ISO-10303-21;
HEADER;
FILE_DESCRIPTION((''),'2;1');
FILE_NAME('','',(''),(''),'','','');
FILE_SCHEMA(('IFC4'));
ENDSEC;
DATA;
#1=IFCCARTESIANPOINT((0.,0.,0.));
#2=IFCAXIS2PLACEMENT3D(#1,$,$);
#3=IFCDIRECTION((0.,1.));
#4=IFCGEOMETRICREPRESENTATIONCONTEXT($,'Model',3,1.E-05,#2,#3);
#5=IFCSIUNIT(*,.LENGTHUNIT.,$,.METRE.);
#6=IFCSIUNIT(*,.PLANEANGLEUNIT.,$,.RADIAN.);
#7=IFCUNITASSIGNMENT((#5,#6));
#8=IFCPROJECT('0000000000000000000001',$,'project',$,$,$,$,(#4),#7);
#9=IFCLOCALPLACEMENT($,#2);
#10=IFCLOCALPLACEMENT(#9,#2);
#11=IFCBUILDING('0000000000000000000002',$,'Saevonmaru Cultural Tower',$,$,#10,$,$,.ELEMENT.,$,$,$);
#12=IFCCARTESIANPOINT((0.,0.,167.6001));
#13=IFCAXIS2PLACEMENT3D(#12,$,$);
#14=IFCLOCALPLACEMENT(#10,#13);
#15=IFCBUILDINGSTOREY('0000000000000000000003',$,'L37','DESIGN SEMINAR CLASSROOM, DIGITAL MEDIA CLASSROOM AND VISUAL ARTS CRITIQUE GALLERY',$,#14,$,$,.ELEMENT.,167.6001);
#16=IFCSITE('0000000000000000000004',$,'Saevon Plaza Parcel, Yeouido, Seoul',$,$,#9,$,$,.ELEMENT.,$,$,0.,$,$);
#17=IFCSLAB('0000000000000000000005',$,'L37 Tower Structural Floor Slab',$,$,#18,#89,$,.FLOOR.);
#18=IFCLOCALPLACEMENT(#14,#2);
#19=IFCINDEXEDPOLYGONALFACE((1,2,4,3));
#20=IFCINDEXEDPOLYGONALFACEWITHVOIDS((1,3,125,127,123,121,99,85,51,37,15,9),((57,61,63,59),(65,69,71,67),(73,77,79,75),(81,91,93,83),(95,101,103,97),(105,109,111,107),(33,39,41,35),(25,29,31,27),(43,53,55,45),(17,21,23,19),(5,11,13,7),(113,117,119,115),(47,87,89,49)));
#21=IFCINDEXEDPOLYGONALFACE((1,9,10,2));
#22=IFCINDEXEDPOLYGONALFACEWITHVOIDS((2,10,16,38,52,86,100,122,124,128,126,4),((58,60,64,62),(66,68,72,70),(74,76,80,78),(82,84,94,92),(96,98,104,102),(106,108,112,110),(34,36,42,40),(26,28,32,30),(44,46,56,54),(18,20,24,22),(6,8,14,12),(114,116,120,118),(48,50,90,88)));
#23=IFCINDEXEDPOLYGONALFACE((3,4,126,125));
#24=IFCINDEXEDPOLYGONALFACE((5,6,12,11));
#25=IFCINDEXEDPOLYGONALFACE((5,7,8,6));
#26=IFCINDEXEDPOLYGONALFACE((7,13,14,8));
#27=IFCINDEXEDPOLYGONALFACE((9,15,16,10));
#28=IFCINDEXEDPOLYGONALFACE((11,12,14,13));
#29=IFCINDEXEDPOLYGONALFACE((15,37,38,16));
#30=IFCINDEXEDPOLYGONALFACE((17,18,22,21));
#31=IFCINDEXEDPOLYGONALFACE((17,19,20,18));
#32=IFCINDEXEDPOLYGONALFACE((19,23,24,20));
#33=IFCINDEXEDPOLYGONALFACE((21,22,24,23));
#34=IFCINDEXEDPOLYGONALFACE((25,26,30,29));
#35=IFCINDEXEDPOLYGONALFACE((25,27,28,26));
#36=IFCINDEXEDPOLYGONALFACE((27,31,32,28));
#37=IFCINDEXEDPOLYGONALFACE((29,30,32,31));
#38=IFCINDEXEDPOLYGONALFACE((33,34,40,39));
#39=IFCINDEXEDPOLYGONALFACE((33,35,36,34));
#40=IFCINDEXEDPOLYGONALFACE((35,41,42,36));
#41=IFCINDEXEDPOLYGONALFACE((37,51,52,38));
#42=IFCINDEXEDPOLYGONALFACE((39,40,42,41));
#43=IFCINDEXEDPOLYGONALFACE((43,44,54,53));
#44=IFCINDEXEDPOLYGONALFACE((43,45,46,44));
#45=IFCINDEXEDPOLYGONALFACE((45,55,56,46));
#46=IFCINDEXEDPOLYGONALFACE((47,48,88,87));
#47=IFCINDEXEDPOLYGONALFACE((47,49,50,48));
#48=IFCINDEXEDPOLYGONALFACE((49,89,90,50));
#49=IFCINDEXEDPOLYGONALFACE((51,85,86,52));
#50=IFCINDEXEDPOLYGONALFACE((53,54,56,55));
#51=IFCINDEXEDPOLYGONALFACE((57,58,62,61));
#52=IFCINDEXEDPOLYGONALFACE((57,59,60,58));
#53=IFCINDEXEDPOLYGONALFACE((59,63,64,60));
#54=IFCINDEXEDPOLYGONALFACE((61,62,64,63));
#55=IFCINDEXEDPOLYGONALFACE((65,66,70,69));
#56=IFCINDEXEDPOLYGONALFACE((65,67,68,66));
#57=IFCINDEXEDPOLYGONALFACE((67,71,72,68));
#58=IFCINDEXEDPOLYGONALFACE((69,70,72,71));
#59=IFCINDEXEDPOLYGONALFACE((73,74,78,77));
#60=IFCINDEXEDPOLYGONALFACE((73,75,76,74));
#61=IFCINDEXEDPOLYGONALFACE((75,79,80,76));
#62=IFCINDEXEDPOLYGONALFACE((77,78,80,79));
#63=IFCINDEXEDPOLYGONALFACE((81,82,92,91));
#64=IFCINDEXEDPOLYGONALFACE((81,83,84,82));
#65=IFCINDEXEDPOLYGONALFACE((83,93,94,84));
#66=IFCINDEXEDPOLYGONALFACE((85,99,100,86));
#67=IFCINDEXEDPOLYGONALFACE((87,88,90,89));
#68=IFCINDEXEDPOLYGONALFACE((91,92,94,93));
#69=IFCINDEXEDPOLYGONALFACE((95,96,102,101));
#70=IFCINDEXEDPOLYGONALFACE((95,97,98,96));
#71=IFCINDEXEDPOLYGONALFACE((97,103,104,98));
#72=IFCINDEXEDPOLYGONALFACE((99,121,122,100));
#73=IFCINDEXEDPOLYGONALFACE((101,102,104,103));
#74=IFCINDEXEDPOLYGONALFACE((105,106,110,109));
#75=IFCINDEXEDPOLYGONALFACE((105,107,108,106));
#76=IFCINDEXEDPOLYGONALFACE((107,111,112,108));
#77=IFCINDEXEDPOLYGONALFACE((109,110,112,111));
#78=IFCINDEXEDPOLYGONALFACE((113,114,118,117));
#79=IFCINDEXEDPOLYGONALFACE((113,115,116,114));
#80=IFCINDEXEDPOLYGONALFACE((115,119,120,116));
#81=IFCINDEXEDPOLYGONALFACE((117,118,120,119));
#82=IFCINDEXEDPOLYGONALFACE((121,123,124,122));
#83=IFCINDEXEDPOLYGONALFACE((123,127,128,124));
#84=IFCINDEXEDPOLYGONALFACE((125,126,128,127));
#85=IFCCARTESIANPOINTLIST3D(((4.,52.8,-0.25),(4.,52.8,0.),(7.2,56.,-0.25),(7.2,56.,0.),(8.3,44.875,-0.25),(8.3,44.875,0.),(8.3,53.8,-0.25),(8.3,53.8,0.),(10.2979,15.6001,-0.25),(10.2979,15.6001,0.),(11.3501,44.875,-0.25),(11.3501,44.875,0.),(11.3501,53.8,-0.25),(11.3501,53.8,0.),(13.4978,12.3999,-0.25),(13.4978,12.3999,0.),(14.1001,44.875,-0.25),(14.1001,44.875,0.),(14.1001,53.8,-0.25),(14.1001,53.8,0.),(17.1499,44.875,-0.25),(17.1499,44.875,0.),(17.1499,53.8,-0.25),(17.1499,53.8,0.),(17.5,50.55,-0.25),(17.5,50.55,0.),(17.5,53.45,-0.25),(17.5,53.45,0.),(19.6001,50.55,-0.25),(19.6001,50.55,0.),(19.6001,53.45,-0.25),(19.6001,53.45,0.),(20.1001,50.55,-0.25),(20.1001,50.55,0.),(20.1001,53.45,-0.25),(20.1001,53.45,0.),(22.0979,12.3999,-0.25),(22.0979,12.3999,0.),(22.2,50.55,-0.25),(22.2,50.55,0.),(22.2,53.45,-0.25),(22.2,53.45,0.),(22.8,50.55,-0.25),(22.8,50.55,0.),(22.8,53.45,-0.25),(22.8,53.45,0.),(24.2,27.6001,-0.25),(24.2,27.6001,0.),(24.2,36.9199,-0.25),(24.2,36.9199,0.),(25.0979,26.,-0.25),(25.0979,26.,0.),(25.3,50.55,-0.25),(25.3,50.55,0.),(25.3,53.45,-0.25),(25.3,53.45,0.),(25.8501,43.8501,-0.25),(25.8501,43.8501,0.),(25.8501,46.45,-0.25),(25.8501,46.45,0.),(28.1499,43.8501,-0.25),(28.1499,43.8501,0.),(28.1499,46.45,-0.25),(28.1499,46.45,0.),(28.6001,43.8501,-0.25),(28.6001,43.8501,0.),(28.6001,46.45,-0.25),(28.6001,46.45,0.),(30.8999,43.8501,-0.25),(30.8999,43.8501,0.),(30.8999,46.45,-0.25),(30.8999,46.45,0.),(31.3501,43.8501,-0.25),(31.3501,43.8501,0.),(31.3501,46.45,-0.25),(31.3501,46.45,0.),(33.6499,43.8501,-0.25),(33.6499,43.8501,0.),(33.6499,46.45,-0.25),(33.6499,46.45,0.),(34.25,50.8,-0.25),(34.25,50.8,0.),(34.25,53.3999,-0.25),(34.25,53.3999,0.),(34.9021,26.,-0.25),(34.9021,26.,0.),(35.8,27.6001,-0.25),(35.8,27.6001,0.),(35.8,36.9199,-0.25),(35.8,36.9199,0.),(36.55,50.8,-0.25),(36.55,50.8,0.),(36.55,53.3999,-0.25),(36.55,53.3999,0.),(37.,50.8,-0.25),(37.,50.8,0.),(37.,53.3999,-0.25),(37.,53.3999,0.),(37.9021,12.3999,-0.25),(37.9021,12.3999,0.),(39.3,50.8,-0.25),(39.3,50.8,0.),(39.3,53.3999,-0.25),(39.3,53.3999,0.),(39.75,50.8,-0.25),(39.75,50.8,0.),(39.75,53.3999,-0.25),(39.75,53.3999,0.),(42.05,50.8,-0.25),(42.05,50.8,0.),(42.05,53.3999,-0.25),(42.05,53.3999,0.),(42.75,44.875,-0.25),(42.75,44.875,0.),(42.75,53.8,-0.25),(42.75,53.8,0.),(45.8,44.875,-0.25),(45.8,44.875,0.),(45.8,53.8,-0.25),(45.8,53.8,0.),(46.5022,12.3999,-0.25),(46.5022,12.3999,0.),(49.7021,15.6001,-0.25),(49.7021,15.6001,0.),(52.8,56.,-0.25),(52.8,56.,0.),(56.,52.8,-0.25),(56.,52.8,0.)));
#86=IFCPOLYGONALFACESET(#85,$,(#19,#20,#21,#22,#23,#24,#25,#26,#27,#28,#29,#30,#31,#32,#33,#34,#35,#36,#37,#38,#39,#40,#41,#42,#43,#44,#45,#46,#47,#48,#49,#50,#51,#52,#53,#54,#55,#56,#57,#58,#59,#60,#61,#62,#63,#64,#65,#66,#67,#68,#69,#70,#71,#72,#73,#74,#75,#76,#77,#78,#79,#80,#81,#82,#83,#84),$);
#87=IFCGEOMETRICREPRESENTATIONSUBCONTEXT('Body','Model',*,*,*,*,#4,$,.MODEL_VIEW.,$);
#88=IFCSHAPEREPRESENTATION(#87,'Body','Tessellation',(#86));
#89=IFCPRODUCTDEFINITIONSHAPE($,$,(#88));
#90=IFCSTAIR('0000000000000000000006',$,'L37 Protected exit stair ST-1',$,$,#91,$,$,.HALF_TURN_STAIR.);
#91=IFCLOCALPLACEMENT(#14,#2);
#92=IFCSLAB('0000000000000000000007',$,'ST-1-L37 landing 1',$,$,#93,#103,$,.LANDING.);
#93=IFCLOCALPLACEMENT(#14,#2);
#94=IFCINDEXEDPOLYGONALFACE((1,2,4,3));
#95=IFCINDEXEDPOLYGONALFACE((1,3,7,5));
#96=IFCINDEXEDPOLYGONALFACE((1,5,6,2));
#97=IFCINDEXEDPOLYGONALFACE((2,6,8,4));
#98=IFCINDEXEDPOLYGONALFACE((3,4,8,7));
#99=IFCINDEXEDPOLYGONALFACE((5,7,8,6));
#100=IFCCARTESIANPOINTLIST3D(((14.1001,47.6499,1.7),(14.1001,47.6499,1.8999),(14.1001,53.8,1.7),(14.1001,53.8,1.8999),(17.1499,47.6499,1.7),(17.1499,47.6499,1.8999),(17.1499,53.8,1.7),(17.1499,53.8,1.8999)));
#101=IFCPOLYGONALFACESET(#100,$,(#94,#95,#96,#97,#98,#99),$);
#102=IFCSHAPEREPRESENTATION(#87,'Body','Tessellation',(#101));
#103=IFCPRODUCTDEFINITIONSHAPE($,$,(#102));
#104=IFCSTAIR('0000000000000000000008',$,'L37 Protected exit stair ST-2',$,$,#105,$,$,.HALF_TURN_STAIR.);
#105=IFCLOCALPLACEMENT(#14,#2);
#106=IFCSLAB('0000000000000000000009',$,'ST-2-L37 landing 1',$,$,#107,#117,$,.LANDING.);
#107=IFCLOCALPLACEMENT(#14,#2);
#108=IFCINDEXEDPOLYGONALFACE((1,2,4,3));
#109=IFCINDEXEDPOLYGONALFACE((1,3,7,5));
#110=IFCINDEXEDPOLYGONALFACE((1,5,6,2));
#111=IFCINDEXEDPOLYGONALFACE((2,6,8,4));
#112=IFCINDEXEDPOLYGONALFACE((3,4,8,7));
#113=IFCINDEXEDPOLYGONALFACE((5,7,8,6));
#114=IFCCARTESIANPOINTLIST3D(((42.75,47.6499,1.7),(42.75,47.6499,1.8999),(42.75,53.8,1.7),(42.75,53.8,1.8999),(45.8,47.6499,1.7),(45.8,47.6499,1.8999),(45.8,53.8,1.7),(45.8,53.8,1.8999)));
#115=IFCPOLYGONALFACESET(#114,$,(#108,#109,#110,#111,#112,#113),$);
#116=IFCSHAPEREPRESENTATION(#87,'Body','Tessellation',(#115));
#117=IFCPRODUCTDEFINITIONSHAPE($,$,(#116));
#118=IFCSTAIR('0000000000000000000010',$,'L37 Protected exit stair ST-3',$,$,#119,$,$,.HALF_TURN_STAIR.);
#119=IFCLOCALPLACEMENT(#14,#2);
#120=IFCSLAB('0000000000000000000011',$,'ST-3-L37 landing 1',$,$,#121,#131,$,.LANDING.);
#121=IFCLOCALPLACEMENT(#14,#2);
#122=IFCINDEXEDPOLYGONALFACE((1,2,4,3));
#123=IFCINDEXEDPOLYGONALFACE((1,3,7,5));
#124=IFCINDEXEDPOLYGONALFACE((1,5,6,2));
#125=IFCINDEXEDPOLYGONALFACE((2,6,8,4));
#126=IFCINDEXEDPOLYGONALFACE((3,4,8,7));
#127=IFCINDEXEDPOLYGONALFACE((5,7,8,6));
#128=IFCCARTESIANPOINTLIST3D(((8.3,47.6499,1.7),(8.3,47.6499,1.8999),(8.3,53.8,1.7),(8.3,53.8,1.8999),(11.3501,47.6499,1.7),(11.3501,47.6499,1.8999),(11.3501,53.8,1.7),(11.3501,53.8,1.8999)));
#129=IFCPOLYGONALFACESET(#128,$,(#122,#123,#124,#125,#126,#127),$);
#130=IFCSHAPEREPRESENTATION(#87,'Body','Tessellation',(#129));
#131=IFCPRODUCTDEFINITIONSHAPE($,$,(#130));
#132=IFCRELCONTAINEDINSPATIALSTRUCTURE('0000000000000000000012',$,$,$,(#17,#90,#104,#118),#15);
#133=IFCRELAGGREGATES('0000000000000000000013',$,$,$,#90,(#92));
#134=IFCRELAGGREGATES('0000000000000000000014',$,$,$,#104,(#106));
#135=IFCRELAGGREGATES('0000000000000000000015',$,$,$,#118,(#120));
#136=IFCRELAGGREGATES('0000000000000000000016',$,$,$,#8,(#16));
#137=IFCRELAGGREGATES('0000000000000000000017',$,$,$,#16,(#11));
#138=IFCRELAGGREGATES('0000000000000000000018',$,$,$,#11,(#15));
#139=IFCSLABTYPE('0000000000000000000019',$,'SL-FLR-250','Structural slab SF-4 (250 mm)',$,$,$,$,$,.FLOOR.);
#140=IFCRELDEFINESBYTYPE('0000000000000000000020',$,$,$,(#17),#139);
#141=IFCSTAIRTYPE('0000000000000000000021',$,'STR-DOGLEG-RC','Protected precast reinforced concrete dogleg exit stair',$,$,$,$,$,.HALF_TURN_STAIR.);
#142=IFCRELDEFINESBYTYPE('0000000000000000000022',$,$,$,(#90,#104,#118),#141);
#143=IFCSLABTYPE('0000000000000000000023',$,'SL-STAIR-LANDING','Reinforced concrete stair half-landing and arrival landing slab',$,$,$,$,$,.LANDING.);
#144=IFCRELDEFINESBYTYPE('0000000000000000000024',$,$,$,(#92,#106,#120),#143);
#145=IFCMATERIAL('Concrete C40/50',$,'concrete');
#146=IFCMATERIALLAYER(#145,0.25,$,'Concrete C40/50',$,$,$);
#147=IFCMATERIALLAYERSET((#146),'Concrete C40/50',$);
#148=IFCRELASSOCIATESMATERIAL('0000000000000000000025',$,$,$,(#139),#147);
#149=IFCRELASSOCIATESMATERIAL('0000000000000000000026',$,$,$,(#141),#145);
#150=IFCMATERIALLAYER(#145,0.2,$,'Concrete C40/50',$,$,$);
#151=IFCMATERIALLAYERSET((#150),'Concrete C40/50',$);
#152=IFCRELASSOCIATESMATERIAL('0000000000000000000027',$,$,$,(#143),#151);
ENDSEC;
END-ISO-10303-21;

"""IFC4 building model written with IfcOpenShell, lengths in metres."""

from ifc_helpers import new_model, si_unit, direction, frame, origin, place, context, subcontext, project, spatial, polyline, outline, extrude, material, layer, layer_set, type_object, element, aggregate, save


model = new_model("IFC4")

# Units and contexts
model_context = context("Model", 3, precision=1e-05, world=origin(), true_north=direction((0.0, 1.0)))
body_context = subcontext(model_context, "Body", "Model", "MODEL_VIEW")
ifc_project = project(units=[si_unit("LENGTHUNIT", "METRE"), si_unit("PLANEANGLEUNIT", "RADIAN")], contexts=[model_context])

# Site, building, storey
site_placement = place(None, origin())
site = spatial("IfcSite", under=ifc_project, at=site_placement, Name="Saevon Plaza Parcel, Yeouido, Seoul", CompositionType="ELEMENT", RefElevation=0.0)
building_placement = place(site_placement, origin())
building = spatial("IfcBuilding", under=site, at=building_placement, Name="Saevonmaru Cultural Tower", CompositionType="ELEMENT")
storey_placement = place(building_placement, frame((0.0, 0.0, 167.6001)))
storey = spatial("IfcBuildingStorey", under=building, at=storey_placement, Name="L37", Description="DESIGN SEMINAR CLASSROOM, DIGITAL MEDIA CLASSROOM AND VISUAL ARTS CRITIQUE GALLERY", CompositionType="ELEMENT", Elevation=167.6001)

# Slab
ifc_material_1 = material(Name="Concrete C40/50", Category="concrete")
ifc_layer_1 = layer(ifc_material_1, 0.25, Name="Concrete C40/50")
ifc_layer_set_1 = layer_set([ifc_layer_1], Name="Concrete C40/50")
slab_type_1 = type_object("IfcSlabType", Name="SL-FLR-250", Description="Structural slab SF-4 (250 mm)", PredefinedType="FLOOR", material=ifc_layer_set_1)
slab_1_placement = place(storey_placement, frame((0.0, 0.0, -0.25)))
element("IfcSlab", 1, at=slab_1_placement, inside=storey, type_object=slab_type_1, Name="L37 Tower Structural Floor Slab", PredefinedType="FLOOR", context=body_context, shape_type="SweptSolid", body=[
    extrude(outline(polyline([(10.2979, 15.6001), (13.4978, 12.3999), (22.0979, 12.3999), (25.0979, 26.0), (34.9021, 26.0), (37.9021, 12.3999), (46.5022, 12.3999), (49.7021, 15.6001), (56.0, 52.8), (52.8, 56.0), (7.2, 56.0), (4.0, 52.8), (10.2979, 15.6001)]), holes=[polyline([(45.8, 44.875), (42.75, 44.875), (42.75, 53.8), (45.8, 53.8), (45.8, 44.875)]), polyline([(39.75, 50.8), (39.75, 53.3999), (42.05, 53.3999), (42.05, 50.8), (39.75, 50.8)]), polyline([(37.0, 50.8), (37.0, 53.3999), (39.3, 53.3999), (39.3, 50.8), (37.0, 50.8)]), polyline([(34.25, 50.8), (34.25, 53.3999), (36.55, 53.3999), (36.55, 50.8), (34.25, 50.8)]), polyline([(24.2, 27.6001), (24.2, 36.9199), (35.8, 36.9199), (35.8, 27.6001), (24.2, 27.6001)]), polyline([(31.3501, 43.8501), (31.3501, 46.45), (33.6499, 46.45), (33.6499, 43.8501), (31.3501, 43.8501)]), polyline([(28.6001, 43.8501), (28.6001, 46.45), (30.8999, 46.45), (30.8999, 43.8501), (28.6001, 43.8501)]), polyline([(28.1499, 43.8501), (25.8501, 43.8501), (25.8501, 46.45), (28.1499, 46.45), (28.1499, 43.8501)]), polyline([(25.3, 50.55), (22.8, 50.55), (22.8, 53.45), (25.3, 53.45), (25.3, 50.55)]), polyline([(20.1001, 50.55), (20.1001, 53.45), (22.2, 53.45), (22.2, 50.55), (20.1001, 50.55)]), polyline([(17.5, 50.55), (17.5, 53.45), (19.6001, 53.45), (19.6001, 50.55), (17.5, 50.55)]), polyline([(17.1499, 53.8), (17.1499, 44.875), (14.1001, 44.875), (14.1001, 53.8), (17.1499, 53.8)]), polyline([(11.3501, 44.875), (8.3, 44.875), (8.3, 53.8), (11.3501, 53.8), (11.3501, 44.875)])]), origin(), (0.0, 0.0, 1.0), 0.25),
])

# Stairs, slabs
stair_type = type_object("IfcStairType", Name="STR-DOGLEG-RC", Description="Protected precast reinforced concrete dogleg exit stair", PredefinedType="HALF_TURN_STAIR", material=ifc_material_1)
stair_1_placement = place(storey_placement, origin())
stair_1 = element("IfcStair", 2, at=stair_1_placement, inside=storey, type_object=stair_type, Name="L37 Protected exit stair ST-1", PredefinedType="HALF_TURN_STAIR")
ifc_layer_2 = layer(ifc_material_1, 0.2, Name="Concrete C40/50")
ifc_layer_set_2 = layer_set([ifc_layer_2], Name="Concrete C40/50")
slab_type_2 = type_object("IfcSlabType", Name="SL-STAIR-LANDING", Description="Reinforced concrete stair half-landing and arrival landing slab", PredefinedType="LANDING", material=ifc_layer_set_2)
slab_2_placement = place(storey_placement, frame((0.0, 0.0, 1.7)))
slab_2 = element("IfcSlab", 3, at=slab_2_placement, type_object=slab_type_2, Name="ST-1-L37 landing 1", PredefinedType="LANDING", context=body_context, shape_type="SweptSolid", body=[
    extrude(outline(polyline([(17.1499, 47.6499), (17.1499, 53.8), (14.1001, 53.8), (14.1001, 47.6499), (17.1499, 47.6499)])), origin(), (0.0, 0.0, 1.0), 0.2),
])
aggregate(stair_1, [slab_2])
stair_2_placement = place(storey_placement, origin())
stair_2 = element("IfcStair", 4, at=stair_2_placement, inside=storey, type_object=stair_type, Name="L37 Protected exit stair ST-2", PredefinedType="HALF_TURN_STAIR")
slab_3_placement = place(storey_placement, frame((0.0, 0.0, 1.7)))
slab_3 = element("IfcSlab", 5, at=slab_3_placement, type_object=slab_type_2, Name="ST-2-L37 landing 1", PredefinedType="LANDING", context=body_context, shape_type="SweptSolid", body=[
    extrude(outline(polyline([(45.8, 47.6499), (45.8, 53.8), (42.75, 53.8), (42.75, 47.6499), (45.8, 47.6499)])), origin(), (0.0, 0.0, 1.0), 0.2),
])
aggregate(stair_2, [slab_3])
stair_3_placement = place(storey_placement, origin())
stair_3 = element("IfcStair", 6, at=stair_3_placement, inside=storey, type_object=stair_type, Name="L37 Protected exit stair ST-3", PredefinedType="HALF_TURN_STAIR")
slab_4_placement = place(storey_placement, frame((0.0, 0.0, 1.7)))
slab_4 = element("IfcSlab", 7, at=slab_4_placement, type_object=slab_type_2, Name="ST-3-L37 landing 1", PredefinedType="LANDING", context=body_context, shape_type="SweptSolid", body=[
    extrude(outline(polyline([(11.3501, 47.6499), (11.3501, 53.8), (8.3, 53.8), (8.3, 47.6499), (11.3501, 47.6499)])), origin(), (0.0, 0.0, 1.0), 0.2),
])
aggregate(stair_3, [slab_4])

save(model, "model.ifc")
